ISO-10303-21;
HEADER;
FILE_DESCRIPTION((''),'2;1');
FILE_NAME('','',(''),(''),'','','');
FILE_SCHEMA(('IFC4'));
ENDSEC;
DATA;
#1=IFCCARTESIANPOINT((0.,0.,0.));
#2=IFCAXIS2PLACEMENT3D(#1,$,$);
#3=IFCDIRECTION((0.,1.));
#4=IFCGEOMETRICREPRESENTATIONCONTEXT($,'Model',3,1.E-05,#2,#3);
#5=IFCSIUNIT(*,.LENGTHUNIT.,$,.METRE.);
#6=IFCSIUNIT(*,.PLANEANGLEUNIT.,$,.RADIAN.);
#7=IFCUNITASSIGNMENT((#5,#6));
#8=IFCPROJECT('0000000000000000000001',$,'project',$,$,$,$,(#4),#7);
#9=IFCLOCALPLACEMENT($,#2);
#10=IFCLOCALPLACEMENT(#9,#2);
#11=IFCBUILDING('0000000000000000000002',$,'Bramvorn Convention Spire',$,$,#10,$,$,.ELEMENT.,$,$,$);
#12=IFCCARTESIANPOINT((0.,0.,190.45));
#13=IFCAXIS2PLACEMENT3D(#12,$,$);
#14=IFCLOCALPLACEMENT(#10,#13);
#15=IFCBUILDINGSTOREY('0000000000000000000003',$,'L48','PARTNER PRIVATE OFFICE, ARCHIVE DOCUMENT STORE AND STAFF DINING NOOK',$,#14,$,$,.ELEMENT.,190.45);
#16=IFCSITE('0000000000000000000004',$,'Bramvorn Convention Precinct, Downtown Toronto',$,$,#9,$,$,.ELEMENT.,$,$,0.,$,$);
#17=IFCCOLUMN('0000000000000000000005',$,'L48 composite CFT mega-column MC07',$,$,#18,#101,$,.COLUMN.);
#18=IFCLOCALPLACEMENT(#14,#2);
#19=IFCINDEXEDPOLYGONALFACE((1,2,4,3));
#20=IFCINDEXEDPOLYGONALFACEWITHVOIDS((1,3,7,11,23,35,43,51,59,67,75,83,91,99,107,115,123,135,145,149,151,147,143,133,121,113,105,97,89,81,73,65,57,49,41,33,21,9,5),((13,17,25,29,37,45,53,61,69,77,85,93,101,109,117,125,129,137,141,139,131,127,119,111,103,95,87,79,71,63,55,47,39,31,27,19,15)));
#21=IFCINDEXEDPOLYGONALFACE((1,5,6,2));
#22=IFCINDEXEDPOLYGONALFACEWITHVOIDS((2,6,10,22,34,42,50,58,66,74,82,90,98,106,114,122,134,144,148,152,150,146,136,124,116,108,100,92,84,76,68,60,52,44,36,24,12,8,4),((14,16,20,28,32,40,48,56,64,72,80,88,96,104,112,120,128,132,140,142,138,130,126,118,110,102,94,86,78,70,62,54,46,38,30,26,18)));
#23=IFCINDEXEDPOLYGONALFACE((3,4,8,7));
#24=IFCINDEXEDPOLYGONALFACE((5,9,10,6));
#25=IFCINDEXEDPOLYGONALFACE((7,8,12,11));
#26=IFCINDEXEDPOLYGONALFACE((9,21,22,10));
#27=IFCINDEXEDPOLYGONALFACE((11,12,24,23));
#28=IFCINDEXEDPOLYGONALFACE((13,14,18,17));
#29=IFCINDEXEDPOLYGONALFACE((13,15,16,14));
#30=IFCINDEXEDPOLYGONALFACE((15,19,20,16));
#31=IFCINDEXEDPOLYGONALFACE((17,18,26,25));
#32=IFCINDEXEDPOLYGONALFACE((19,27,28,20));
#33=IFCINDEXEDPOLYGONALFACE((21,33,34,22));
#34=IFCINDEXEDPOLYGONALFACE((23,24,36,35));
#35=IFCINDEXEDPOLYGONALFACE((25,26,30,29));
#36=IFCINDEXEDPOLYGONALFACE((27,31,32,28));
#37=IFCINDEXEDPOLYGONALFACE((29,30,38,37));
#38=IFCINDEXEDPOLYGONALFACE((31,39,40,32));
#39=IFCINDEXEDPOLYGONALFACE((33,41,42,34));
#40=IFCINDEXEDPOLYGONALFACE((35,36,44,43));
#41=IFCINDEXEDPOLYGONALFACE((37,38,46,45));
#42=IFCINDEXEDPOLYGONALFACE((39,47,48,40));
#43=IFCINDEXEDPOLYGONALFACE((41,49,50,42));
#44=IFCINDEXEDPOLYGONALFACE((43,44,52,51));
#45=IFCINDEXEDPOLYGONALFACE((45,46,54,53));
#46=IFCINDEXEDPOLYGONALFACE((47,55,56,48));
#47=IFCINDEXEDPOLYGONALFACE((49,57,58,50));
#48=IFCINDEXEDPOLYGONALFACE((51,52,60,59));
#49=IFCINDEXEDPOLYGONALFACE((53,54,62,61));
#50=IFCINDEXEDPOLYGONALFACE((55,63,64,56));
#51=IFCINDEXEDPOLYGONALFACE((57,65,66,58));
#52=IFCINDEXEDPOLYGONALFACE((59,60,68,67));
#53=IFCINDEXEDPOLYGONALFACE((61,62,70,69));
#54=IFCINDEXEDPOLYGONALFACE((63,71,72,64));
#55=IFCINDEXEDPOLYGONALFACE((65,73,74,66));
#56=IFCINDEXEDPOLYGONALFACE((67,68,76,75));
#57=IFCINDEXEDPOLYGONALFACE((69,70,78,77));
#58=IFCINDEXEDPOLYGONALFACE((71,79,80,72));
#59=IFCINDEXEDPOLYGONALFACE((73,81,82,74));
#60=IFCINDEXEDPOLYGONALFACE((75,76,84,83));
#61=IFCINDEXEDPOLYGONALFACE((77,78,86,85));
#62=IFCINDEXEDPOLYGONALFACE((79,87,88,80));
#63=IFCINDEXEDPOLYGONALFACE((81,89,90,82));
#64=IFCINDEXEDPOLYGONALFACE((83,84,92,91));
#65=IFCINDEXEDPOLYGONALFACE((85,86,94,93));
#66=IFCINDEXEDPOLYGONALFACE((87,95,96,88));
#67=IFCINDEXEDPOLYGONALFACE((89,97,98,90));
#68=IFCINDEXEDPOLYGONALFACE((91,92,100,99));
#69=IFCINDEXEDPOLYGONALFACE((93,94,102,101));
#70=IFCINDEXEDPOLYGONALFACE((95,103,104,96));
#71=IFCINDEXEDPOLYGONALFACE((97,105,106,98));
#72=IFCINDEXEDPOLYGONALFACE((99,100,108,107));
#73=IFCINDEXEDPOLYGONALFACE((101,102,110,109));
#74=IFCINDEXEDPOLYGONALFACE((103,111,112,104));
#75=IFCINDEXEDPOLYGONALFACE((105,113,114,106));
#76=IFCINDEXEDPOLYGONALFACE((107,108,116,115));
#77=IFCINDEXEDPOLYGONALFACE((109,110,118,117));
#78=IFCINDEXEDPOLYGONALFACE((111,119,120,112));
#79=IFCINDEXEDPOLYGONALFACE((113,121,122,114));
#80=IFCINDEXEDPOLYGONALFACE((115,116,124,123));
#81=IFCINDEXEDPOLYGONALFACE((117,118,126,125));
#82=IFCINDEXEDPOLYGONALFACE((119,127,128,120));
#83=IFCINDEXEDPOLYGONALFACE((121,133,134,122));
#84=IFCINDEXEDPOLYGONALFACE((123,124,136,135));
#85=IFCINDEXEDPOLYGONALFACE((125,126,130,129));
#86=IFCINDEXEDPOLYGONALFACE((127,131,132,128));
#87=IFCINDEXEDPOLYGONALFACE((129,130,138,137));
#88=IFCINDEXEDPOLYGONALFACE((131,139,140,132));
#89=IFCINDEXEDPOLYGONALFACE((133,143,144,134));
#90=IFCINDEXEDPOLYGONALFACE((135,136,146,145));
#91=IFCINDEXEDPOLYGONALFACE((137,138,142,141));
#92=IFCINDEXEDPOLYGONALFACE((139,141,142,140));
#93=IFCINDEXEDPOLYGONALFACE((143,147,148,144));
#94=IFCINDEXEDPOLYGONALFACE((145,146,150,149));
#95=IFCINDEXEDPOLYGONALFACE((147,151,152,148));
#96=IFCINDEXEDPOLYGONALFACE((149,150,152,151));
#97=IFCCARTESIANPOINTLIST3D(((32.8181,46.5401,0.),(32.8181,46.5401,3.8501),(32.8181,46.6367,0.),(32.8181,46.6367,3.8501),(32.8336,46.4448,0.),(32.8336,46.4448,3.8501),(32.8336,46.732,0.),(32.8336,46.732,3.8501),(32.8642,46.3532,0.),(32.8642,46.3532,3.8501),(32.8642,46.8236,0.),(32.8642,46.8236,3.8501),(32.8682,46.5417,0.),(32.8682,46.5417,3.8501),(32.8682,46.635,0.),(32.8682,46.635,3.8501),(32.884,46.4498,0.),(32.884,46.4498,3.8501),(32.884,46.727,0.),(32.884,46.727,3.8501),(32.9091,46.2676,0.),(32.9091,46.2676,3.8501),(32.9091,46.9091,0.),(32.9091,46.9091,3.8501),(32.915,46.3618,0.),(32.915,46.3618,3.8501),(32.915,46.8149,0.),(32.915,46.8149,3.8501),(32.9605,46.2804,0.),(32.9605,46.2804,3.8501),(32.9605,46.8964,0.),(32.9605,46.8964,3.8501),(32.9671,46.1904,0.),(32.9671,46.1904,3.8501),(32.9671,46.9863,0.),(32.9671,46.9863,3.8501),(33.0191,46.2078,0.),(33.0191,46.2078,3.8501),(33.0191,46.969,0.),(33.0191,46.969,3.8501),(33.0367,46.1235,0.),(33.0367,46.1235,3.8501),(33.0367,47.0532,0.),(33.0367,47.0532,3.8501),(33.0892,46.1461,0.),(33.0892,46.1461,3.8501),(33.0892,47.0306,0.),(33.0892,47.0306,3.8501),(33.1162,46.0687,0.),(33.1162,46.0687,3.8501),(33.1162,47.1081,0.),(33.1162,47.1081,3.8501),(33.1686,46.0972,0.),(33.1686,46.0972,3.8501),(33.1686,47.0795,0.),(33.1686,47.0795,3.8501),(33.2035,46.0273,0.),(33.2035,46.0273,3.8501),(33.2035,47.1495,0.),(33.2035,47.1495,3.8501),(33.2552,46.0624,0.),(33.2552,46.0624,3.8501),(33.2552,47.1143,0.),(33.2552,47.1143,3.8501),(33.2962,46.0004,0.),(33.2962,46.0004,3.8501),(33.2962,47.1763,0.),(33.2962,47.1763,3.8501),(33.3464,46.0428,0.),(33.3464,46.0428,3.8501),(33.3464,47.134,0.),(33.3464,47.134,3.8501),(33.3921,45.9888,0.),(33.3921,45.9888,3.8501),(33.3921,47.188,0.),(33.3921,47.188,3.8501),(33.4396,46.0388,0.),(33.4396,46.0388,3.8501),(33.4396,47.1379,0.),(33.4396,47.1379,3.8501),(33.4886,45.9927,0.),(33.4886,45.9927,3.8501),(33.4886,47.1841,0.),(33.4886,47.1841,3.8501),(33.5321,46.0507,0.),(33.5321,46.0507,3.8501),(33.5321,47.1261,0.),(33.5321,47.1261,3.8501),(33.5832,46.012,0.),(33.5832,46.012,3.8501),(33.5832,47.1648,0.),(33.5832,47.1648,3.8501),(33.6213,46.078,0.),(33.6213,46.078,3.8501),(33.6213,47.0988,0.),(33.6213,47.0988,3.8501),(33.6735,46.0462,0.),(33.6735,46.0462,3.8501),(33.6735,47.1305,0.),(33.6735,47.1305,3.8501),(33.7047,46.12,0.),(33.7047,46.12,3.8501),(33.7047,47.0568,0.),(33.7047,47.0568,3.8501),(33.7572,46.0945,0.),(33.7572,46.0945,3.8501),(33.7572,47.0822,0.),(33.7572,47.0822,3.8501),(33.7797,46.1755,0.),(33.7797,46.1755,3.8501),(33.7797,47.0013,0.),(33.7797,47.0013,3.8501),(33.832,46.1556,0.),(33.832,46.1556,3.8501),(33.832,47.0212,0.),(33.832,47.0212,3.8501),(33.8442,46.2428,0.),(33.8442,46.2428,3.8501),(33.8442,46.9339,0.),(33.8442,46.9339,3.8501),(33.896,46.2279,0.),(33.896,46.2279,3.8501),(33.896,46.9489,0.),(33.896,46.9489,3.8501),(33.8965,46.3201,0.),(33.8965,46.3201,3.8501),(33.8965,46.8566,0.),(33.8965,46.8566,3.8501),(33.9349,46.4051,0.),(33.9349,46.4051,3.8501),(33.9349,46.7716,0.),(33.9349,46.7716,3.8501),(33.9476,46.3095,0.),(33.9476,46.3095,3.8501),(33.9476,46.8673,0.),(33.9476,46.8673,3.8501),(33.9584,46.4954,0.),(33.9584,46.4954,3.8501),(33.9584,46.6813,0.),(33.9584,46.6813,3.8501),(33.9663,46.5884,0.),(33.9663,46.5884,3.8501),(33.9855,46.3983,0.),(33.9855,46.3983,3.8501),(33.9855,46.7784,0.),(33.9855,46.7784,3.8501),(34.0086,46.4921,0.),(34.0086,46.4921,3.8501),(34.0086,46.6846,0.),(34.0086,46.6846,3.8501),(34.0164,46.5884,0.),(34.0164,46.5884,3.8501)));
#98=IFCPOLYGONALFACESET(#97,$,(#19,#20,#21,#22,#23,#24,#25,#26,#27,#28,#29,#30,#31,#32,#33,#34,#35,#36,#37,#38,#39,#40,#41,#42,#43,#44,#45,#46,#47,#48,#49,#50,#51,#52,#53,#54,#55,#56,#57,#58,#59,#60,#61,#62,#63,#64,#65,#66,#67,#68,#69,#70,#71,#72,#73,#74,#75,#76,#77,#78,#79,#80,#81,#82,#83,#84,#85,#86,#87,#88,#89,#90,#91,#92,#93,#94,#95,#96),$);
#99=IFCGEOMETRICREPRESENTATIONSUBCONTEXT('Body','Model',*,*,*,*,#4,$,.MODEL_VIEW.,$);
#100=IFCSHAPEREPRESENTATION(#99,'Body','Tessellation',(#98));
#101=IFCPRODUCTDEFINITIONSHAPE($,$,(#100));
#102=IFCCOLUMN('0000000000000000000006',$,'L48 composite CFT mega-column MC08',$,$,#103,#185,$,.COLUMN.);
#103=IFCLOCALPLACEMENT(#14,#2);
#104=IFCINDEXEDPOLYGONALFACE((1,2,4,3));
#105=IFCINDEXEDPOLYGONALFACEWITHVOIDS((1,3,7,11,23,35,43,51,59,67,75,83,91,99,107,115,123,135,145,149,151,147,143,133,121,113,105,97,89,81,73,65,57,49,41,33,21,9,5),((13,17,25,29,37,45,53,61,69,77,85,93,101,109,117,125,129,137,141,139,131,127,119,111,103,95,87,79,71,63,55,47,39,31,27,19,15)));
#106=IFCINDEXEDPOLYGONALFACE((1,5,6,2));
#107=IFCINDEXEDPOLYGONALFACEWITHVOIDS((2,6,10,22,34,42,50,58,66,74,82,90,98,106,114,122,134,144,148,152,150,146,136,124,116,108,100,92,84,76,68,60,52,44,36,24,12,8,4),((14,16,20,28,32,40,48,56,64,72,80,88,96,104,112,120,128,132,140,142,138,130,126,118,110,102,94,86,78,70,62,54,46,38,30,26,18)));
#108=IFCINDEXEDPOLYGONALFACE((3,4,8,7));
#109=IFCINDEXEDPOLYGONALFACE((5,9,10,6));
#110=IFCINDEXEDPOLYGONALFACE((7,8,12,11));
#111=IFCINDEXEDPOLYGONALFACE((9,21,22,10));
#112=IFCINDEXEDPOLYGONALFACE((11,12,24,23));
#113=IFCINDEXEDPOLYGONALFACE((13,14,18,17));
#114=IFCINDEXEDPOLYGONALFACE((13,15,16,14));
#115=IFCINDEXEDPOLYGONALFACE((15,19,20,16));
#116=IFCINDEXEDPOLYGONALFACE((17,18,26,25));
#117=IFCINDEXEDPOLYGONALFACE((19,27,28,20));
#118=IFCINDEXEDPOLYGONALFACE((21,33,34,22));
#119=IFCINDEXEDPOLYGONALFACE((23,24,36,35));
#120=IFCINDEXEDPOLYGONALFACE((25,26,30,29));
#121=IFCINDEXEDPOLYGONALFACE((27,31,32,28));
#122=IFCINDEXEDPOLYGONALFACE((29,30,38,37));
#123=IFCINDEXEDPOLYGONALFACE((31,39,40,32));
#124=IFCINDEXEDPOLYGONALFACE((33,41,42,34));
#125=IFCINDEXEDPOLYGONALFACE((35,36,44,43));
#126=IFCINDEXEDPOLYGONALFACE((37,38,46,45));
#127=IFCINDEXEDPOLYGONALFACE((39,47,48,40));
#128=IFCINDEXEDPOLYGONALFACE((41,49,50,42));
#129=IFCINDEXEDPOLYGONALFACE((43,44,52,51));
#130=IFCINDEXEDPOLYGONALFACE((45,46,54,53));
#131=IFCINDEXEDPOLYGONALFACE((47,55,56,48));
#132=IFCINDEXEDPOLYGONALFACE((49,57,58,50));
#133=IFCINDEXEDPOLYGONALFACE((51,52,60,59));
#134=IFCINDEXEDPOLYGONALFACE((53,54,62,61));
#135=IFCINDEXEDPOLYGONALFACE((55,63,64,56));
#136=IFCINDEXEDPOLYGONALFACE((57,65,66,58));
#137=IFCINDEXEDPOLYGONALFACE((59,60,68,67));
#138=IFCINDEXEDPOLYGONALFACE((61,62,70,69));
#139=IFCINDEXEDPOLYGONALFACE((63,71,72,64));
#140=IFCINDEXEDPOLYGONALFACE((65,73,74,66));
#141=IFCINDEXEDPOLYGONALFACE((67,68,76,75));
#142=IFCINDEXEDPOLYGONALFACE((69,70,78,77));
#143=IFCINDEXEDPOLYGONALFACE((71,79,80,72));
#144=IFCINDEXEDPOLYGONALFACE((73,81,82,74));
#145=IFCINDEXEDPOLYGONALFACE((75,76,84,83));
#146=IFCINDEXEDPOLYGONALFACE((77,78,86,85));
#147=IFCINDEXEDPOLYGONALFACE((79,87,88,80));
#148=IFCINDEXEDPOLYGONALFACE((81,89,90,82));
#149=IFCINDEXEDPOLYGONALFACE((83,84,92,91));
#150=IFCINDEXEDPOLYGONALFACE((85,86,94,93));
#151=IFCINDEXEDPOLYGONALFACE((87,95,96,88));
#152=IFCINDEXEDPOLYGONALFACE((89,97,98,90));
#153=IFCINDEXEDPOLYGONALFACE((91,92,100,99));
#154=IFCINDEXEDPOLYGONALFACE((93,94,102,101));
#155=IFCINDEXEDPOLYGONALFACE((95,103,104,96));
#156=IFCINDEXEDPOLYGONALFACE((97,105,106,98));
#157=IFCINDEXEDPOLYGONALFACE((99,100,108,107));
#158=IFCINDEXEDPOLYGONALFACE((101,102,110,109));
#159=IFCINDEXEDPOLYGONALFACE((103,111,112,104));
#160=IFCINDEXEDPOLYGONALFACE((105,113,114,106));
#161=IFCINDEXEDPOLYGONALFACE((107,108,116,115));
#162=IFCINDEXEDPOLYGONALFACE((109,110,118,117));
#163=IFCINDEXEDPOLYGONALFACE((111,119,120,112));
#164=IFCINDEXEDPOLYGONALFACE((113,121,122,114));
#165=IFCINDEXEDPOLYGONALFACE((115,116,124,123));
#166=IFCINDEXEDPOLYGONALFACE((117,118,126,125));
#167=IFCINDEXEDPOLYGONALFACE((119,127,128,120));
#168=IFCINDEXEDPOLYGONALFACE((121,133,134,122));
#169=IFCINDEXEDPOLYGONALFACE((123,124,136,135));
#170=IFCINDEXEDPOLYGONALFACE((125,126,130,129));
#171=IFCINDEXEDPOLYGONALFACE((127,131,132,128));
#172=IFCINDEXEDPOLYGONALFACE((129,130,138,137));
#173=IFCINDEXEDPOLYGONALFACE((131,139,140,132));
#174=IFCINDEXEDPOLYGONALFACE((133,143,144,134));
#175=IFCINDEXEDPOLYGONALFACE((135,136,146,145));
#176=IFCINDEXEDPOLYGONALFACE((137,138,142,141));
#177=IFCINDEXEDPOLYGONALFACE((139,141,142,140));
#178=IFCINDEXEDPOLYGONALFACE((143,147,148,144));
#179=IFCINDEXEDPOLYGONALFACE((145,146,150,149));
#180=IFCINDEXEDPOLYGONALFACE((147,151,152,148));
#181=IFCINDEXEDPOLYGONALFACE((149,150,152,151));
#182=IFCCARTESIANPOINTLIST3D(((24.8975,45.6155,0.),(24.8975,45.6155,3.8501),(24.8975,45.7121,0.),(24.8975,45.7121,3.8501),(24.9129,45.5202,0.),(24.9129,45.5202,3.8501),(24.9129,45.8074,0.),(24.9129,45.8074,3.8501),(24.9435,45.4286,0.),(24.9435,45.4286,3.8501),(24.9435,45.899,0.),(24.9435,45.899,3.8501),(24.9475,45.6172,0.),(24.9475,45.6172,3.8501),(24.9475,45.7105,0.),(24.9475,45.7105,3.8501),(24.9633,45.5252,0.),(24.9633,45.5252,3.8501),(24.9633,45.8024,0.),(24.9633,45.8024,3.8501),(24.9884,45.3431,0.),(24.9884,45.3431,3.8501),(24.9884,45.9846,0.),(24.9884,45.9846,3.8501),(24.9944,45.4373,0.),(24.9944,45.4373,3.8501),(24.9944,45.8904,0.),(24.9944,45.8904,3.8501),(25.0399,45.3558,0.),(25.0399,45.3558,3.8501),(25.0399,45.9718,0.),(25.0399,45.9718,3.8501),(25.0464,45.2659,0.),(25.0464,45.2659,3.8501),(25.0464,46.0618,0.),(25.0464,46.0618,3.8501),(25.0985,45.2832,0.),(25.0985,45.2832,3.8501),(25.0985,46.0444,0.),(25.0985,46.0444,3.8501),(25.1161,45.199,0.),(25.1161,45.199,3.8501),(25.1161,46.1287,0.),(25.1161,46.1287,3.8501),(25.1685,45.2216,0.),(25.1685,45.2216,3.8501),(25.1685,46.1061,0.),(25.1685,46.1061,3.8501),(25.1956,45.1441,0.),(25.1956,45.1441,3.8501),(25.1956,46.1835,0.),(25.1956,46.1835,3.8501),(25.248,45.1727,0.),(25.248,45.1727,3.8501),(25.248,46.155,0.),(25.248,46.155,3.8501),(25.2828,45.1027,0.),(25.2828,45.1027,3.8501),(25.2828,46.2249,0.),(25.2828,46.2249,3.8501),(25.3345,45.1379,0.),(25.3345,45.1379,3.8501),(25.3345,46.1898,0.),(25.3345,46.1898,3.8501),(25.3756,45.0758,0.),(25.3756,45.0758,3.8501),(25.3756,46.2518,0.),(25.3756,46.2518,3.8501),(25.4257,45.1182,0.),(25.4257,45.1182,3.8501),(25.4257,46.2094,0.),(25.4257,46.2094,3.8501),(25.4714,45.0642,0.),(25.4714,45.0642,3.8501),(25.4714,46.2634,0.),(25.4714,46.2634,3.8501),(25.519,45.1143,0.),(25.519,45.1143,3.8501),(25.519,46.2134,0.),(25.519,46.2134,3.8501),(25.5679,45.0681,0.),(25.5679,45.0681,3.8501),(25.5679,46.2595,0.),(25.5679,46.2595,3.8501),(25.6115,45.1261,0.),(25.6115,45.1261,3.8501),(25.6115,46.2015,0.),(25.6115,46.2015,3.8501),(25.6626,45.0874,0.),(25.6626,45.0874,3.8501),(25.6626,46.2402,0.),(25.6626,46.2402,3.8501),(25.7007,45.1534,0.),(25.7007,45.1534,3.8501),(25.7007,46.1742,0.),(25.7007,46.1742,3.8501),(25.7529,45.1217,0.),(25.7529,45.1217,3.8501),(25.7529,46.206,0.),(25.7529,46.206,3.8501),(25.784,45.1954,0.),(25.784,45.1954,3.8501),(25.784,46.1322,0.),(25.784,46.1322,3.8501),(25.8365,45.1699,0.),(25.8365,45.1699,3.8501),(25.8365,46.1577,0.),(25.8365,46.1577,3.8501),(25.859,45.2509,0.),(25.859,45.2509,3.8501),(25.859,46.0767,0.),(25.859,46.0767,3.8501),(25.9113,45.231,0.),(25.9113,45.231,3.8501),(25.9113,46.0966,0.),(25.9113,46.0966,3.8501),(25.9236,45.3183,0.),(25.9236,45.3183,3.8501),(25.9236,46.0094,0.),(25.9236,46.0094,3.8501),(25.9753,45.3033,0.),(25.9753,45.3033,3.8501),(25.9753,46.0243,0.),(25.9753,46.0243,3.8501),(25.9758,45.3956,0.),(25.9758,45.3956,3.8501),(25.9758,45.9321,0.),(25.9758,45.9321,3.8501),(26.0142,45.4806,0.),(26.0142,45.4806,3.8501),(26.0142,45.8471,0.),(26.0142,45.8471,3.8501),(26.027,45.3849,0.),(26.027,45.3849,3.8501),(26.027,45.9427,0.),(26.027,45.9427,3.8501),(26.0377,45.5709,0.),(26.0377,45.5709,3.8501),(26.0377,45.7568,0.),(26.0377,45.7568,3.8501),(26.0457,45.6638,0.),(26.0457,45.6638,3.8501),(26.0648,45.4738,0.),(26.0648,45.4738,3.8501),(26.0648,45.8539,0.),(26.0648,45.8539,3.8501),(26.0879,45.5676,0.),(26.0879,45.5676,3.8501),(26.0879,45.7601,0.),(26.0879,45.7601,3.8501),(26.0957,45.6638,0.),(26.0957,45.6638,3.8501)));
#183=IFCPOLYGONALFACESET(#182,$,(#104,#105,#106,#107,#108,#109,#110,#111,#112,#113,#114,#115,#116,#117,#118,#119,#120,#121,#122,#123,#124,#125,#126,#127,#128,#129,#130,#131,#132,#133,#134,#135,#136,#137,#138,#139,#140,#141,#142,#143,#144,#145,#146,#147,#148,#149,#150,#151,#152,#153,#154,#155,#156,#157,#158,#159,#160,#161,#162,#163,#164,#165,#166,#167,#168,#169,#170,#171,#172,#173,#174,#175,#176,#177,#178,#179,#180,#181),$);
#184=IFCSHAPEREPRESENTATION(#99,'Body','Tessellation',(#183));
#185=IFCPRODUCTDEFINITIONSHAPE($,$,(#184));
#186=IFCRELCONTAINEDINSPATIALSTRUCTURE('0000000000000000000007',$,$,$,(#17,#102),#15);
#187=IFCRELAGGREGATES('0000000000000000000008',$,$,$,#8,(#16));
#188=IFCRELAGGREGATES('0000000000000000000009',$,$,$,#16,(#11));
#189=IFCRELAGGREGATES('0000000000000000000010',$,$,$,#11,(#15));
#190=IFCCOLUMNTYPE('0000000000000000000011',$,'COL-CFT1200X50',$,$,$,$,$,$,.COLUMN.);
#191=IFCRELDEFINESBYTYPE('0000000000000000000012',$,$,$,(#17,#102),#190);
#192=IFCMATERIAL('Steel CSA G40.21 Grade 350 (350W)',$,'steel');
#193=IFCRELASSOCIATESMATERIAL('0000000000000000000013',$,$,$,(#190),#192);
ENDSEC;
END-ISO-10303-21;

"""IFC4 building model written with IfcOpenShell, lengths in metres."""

from ifc_helpers import new_model, si_unit, direction, frame, origin, origin_2d, place, context, subcontext, project, spatial, hollow_circle, extrude, material, material_profile, profile_set, type_object, element, save


model = new_model("IFC4")

# Units and contexts
model_context = context("Model", 3, precision=1e-05, world=origin(), true_north=direction((0.0, 1.0)))
body_context = subcontext(model_context, "Body", "Model", "MODEL_VIEW")
ifc_project = project(units=[si_unit("LENGTHUNIT", "METRE"), si_unit("PLANEANGLEUNIT", "RADIAN")], contexts=[model_context])

# Site, building, storey
site_placement = place(None, origin())
site = spatial("IfcSite", under=ifc_project, at=site_placement, Name="Bramvorn Convention Precinct, Downtown Toronto", CompositionType="ELEMENT", RefElevation=0.0)
building_placement = place(site_placement, origin())
building = spatial("IfcBuilding", under=site, at=building_placement, Name="Bramvorn Convention Spire", CompositionType="ELEMENT")
storey_placement = place(building_placement, frame((0.0, 0.0, 190.45)))
storey = spatial("IfcBuildingStorey", under=building, at=storey_placement, Name="L48", Description="PARTNER PRIVATE OFFICE, ARCHIVE DOCUMENT STORE AND STAFF DINING NOOK", CompositionType="ELEMENT", Elevation=190.45)

# Columns
ifc_material_1 = material(Name="Steel CSA G40.21 Grade 350 (350W)", Category="steel")
ifc_material_profile_1 = material_profile(ifc_material_1, hollow_circle(Radius=0.6001, WallThickness=0.05, at=origin_2d()))
ifc_profile_set_1 = profile_set([ifc_material_profile_1], Name="Steel CSA G40.21 Grade 350 (350W) - CFT1200X50")
column_type = type_object("IfcColumnType", Name="COL-CFT1200X50", PredefinedType="COLUMN", material=ifc_profile_set_1)
for number, where, z_axis, x_axis, name in (
    (1, (33.4163, 46.5884, 0.0), (0.0, 0.0, 1.0), (1.0, 0.0, 0.0), "L48 composite CFT mega-column MC07"),
    (2, (25.4956, 45.6638, 0.0), (0.0, 0.0, 1.0), (1.0, 0.0, 0.0), "L48 composite CFT mega-column MC08"),
):
    element("IfcColumn", number, at=place(storey_placement, frame(where, z_axis=z_axis, x_axis=x_axis)), inside=storey, type_object=column_type, Name=name, PredefinedType="COLUMN", context=body_context, shape_type="SweptSolid", body=[
        extrude(hollow_circle(Radius=0.6001, WallThickness=0.05, at=origin_2d()), origin(), (0.0, 0.0, 1.0), 3.8501),
    ])

save(model, "model.ifc")
